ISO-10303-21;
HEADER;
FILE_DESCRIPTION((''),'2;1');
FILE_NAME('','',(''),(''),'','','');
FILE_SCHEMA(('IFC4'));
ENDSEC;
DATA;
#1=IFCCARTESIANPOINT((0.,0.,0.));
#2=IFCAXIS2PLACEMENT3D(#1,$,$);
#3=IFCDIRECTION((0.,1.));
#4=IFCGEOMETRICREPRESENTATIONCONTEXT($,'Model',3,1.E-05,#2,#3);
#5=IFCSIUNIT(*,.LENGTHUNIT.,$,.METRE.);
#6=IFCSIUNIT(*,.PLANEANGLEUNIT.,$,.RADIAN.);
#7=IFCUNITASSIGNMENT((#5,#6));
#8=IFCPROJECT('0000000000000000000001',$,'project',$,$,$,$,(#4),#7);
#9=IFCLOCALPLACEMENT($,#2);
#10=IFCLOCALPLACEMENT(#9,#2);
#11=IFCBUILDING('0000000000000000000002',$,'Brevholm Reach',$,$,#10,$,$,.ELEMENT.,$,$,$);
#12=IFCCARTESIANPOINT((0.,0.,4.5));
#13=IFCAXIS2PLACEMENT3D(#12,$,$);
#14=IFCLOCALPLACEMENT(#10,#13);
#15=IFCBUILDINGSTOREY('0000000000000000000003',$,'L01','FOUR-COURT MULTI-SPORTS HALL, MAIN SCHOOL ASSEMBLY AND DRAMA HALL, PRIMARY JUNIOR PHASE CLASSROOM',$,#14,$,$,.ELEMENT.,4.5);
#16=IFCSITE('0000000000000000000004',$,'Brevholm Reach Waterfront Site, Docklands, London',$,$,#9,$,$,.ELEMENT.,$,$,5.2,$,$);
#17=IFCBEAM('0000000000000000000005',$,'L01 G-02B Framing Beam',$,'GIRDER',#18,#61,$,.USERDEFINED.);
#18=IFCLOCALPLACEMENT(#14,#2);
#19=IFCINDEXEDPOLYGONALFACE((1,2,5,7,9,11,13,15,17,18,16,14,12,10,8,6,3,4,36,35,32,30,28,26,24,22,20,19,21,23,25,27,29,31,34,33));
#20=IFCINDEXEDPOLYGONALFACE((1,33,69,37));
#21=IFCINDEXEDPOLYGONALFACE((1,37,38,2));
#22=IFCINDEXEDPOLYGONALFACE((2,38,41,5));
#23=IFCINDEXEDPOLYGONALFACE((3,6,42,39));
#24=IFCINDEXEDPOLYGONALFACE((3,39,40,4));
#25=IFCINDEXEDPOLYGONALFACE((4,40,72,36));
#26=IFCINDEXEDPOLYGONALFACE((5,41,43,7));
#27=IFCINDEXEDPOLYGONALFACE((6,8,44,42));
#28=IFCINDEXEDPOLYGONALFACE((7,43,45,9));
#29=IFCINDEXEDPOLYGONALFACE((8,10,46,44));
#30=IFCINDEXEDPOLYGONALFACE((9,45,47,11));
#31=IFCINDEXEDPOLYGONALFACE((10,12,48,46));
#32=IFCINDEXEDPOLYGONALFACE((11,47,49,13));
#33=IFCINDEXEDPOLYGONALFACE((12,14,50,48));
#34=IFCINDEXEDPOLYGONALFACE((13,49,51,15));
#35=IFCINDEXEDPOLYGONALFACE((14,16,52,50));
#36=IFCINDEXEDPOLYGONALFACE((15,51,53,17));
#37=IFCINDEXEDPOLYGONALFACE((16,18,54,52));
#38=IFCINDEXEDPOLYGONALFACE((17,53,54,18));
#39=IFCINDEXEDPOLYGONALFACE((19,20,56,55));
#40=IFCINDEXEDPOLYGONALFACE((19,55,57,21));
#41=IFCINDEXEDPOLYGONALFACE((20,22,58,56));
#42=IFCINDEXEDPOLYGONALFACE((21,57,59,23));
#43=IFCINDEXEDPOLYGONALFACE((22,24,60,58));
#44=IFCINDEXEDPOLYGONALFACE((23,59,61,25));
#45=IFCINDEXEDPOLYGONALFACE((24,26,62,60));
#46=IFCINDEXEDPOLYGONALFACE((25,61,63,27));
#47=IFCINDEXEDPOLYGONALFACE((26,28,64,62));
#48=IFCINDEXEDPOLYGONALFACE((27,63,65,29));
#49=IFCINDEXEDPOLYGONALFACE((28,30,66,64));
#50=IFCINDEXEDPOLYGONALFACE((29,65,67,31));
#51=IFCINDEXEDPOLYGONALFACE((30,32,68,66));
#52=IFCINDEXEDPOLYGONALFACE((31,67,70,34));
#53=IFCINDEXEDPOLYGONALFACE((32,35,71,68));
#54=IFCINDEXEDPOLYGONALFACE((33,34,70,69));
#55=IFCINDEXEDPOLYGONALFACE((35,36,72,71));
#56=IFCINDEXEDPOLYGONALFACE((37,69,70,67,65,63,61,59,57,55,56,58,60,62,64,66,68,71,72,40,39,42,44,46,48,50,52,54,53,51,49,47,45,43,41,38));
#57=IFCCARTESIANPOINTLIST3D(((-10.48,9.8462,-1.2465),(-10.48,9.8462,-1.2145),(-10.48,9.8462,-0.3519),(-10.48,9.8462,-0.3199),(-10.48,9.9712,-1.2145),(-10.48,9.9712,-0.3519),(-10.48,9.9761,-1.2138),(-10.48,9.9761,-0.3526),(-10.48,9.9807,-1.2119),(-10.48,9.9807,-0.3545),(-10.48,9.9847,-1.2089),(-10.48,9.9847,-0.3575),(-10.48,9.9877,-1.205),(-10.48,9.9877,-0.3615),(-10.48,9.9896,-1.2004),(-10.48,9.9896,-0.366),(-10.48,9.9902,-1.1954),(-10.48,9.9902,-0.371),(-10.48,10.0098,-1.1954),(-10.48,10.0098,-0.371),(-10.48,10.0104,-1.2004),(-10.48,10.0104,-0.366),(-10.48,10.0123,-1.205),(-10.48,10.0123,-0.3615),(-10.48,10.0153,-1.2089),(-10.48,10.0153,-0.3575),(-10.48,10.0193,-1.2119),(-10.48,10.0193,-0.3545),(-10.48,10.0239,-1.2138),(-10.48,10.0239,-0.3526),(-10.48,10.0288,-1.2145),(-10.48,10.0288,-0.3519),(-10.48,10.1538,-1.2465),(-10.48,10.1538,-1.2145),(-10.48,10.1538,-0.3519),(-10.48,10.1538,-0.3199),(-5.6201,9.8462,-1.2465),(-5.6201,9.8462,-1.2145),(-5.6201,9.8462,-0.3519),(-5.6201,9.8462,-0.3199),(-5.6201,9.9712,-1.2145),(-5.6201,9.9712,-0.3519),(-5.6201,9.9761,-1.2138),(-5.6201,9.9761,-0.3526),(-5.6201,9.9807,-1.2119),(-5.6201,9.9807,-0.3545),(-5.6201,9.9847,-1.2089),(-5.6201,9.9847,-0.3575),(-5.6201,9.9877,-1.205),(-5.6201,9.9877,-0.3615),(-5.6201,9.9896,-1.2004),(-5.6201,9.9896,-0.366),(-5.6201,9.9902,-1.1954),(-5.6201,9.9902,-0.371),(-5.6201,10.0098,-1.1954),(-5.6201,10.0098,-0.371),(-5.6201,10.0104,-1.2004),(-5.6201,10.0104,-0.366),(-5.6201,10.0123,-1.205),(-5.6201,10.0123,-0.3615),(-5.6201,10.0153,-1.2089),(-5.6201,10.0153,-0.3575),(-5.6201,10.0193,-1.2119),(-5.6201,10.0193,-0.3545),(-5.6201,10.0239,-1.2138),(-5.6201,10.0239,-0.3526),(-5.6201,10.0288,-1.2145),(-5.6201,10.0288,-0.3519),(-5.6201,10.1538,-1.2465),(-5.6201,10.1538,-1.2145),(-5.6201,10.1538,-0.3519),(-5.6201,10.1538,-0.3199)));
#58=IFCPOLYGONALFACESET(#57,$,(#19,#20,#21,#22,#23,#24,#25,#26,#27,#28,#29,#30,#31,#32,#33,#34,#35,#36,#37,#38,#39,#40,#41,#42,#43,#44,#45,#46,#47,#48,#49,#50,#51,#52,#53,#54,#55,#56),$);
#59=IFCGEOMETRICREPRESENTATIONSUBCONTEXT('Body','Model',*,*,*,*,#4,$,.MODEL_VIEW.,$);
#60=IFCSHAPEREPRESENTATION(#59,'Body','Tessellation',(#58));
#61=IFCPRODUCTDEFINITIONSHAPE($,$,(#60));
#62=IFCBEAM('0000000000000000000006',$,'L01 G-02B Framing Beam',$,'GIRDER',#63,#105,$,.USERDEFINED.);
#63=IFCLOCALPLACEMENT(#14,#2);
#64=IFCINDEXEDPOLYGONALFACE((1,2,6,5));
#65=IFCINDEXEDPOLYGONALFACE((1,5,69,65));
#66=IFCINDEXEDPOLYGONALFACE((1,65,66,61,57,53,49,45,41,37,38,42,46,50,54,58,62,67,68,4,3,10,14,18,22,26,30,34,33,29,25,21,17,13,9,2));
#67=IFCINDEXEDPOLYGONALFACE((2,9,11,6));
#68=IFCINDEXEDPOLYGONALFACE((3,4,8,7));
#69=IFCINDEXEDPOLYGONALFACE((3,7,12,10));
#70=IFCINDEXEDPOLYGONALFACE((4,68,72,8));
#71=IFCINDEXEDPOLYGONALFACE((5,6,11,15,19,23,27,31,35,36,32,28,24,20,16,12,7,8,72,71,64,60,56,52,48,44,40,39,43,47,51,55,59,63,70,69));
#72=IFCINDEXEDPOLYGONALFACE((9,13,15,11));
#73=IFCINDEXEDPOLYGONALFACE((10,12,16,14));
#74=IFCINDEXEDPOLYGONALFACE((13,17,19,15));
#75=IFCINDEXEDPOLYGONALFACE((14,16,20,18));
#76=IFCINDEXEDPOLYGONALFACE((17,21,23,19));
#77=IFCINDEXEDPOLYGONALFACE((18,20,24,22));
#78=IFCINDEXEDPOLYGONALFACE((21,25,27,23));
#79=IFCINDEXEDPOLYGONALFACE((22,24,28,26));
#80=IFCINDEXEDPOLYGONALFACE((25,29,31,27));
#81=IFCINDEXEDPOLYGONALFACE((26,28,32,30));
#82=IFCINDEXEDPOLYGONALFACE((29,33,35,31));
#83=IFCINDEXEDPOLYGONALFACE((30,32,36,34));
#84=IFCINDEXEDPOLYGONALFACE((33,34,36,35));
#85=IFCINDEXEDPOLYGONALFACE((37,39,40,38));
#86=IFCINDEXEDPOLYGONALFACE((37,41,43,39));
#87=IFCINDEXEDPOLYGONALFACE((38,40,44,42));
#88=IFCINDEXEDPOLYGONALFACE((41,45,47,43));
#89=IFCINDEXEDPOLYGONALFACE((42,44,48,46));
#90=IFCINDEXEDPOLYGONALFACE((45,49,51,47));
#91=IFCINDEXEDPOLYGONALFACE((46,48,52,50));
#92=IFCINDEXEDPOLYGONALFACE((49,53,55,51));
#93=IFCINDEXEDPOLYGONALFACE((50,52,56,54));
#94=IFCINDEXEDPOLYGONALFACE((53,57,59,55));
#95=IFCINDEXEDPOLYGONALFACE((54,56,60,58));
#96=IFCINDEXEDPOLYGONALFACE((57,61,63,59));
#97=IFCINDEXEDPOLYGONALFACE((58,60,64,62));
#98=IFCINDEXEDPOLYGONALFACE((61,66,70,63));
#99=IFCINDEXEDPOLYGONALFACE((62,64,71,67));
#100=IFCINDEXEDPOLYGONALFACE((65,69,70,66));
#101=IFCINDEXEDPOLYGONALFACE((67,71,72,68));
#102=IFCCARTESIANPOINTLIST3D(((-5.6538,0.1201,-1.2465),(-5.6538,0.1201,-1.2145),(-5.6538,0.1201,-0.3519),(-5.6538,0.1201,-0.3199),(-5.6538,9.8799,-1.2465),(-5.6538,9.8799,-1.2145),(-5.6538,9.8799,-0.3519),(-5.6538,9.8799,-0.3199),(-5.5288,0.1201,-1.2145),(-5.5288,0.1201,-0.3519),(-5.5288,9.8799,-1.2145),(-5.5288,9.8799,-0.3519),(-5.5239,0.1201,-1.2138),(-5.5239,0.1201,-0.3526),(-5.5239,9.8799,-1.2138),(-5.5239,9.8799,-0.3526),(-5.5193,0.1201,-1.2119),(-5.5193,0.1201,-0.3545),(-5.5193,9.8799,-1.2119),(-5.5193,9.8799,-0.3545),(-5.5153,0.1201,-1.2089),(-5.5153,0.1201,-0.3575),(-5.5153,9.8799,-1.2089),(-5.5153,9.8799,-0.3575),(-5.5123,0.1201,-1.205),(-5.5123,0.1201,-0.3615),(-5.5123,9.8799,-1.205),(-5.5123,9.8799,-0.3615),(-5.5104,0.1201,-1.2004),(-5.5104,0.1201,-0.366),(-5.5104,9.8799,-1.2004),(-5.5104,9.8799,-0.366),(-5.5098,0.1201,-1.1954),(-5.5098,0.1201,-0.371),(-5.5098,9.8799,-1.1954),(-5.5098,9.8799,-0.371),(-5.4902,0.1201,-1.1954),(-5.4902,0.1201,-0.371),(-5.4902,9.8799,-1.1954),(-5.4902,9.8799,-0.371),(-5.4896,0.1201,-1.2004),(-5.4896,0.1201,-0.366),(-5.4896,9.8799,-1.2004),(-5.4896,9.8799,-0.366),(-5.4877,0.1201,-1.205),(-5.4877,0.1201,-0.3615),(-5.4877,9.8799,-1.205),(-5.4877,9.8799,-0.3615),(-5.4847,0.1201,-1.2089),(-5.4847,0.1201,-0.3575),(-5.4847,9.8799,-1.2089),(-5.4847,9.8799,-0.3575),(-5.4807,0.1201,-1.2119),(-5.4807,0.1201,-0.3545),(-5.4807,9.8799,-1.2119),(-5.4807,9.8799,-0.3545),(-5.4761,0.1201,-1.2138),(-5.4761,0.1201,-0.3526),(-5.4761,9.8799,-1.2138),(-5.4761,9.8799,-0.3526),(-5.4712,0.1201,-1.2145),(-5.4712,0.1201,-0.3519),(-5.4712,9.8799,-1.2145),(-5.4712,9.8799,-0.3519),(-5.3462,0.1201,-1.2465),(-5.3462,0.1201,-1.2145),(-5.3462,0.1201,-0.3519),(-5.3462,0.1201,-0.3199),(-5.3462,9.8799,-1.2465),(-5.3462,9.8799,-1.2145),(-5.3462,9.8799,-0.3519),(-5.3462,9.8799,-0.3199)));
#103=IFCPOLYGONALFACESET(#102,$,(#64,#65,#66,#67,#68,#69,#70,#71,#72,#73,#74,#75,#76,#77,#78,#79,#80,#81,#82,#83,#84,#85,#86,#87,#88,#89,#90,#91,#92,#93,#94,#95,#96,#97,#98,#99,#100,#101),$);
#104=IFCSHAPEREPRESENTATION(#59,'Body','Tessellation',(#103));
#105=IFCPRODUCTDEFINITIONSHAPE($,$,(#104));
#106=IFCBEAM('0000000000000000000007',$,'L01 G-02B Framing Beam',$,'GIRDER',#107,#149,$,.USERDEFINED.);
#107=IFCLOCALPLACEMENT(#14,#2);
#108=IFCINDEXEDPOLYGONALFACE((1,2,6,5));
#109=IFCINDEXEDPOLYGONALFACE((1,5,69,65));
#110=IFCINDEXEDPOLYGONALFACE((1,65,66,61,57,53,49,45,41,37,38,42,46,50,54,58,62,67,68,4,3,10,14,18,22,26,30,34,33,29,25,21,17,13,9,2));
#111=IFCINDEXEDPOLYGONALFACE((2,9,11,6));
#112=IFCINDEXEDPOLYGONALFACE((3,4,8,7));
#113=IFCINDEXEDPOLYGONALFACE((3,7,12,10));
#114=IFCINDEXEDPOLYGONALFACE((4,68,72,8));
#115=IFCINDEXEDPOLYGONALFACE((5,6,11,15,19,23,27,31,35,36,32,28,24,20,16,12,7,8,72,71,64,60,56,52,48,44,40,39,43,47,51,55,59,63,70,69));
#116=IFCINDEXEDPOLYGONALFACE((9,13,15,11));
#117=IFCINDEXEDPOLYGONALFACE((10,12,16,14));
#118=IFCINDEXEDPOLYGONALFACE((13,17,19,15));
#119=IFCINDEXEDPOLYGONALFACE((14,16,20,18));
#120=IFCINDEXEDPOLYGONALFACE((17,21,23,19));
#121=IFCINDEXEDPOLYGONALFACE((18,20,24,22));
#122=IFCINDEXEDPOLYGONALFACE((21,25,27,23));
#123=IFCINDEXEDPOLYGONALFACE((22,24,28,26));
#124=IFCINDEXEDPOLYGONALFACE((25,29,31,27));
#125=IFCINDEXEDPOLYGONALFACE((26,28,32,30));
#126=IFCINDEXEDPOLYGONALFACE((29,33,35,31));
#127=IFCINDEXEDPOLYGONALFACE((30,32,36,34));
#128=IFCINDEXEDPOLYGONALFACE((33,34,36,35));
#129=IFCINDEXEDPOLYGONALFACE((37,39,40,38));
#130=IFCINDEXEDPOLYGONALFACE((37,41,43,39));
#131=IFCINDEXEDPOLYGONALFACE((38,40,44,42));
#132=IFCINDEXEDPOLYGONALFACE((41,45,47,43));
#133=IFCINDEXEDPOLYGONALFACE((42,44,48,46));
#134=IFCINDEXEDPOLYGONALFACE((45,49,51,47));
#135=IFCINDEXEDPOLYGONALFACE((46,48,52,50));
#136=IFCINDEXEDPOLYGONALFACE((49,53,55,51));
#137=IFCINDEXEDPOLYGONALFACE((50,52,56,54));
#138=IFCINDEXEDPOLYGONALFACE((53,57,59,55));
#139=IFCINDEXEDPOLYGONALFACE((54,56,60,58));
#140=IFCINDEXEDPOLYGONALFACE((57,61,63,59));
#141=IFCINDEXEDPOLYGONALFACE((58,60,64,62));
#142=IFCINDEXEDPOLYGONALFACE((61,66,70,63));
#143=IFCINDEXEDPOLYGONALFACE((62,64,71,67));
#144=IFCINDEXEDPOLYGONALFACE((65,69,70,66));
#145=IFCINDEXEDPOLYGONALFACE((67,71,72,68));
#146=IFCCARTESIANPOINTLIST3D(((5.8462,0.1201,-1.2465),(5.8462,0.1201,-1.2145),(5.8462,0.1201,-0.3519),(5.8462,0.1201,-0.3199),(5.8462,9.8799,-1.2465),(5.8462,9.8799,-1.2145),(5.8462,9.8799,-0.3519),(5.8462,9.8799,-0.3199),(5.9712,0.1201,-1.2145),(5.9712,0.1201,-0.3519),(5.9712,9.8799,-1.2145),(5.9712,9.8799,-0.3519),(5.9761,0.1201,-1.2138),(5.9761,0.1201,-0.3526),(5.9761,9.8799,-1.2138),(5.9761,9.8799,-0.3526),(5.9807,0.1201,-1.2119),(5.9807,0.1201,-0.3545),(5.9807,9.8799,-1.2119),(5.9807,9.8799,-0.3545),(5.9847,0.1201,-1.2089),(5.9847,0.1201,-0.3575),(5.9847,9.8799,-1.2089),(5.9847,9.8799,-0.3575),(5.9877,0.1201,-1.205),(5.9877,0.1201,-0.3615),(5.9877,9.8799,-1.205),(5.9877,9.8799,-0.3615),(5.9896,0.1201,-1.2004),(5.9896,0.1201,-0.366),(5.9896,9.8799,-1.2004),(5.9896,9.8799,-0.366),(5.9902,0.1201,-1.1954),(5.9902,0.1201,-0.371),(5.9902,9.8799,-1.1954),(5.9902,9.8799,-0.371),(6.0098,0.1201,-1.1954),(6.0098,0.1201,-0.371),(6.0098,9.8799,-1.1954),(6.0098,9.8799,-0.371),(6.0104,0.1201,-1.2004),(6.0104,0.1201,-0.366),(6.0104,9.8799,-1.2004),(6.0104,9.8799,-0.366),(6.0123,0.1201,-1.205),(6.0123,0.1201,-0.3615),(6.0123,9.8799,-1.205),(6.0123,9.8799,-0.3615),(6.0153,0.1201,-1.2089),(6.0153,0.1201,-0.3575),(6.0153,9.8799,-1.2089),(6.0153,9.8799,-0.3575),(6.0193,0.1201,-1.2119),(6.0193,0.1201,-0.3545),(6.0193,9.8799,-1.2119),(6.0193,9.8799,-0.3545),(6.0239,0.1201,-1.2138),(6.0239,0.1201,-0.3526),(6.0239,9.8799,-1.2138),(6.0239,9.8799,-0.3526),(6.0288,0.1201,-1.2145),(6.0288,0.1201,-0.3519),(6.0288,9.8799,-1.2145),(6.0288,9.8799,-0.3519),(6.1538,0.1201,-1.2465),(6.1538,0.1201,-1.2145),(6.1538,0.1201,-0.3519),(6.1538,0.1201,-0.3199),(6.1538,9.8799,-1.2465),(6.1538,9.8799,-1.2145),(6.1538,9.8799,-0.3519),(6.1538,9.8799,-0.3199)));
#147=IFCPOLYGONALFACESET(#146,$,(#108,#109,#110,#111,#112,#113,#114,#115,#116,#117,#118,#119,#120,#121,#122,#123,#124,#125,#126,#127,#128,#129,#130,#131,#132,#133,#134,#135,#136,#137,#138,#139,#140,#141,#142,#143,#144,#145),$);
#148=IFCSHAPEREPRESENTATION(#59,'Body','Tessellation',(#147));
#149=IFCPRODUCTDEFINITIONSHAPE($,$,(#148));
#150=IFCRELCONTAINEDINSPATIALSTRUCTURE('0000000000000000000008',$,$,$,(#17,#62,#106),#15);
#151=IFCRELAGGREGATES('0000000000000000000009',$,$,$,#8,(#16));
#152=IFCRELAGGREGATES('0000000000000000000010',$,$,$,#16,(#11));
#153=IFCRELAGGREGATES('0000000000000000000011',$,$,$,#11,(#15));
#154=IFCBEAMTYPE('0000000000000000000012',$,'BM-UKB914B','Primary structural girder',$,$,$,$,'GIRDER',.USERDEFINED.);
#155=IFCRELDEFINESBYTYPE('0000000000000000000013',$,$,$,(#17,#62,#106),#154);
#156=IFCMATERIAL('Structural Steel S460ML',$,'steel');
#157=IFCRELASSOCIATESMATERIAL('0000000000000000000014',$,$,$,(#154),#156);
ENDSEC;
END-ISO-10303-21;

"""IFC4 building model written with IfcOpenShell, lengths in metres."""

from ifc_helpers import new_model, si_unit, direction, frame, origin, origin_2d, place, context, subcontext, project, spatial, i_section, extrude, material, material_profile, profile_set, type_object, element, save


model = new_model("IFC4")

# Units and contexts
model_context = context("Model", 3, precision=1e-05, world=origin(), true_north=direction((0.0, 1.0)))
body_context = subcontext(model_context, "Body", "Model", "MODEL_VIEW")
ifc_project = project(units=[si_unit("LENGTHUNIT", "METRE"), si_unit("PLANEANGLEUNIT", "RADIAN")], contexts=[model_context])

# Site, building, storey
site_placement = place(None, origin())
site = spatial("IfcSite", under=ifc_project, at=site_placement, Name="Brevholm Reach Waterfront Site, Docklands, London", CompositionType="ELEMENT", RefElevation=5.2)
building_placement = place(site_placement, origin())
building = spatial("IfcBuilding", under=site, at=building_placement, Name="Brevholm Reach", CompositionType="ELEMENT")
storey_placement = place(building_placement, frame((0.0, 0.0, 4.5)))
storey = spatial("IfcBuildingStorey", under=building, at=storey_placement, Name="L01", Description="FOUR-COURT MULTI-SPORTS HALL, MAIN SCHOOL ASSEMBLY AND DRAMA HALL, PRIMARY JUNIOR PHASE CLASSROOM", CompositionType="ELEMENT", Elevation=4.5)

# Beams
ifc_material_1 = material(Name="Structural Steel S460ML", Category="steel")
ifc_material_profile_1 = material_profile(ifc_material_1, i_section(OverallWidth=0.3076, OverallDepth=0.9265, WebThickness=0.0195, FlangeThickness=0.032, FilletRadius=0.019, at=origin_2d()), Name="UKB 914x305x289")
ifc_profile_set_1 = profile_set([ifc_material_profile_1], Name="Structural Steel S460ML")
beam_type_1 = type_object("IfcBeamType", Name="BM-UKB914B", Description="Primary structural girder", ElementType="GIRDER", PredefinedType="USERDEFINED", material=ifc_profile_set_1)
beam_1_placement = place(storey_placement, frame((-10.48, 10.0, -0.7832), z_axis=(1.0, 0.0, 0.0), x_axis=(0.0, 1.0, 0.0)))
element("IfcBeam", 1, at=beam_1_placement, inside=storey, type_object=beam_type_1, Name="L01 G-02B Framing Beam", ObjectType="GIRDER", PredefinedType="USERDEFINED", context=body_context, shape_type="SweptSolid", body=[
    extrude(i_section(OverallWidth=0.3076, OverallDepth=0.9265, WebThickness=0.0195, FlangeThickness=0.032, FilletRadius=0.019, at=origin_2d()), origin(), (0.0, 0.0, 1.0), 4.8599),
])
for number, where, z_axis, x_axis, name in (
    (2, (-5.5, 0.1201, -0.7832), (0.0, 1.0, 0.0), (-1.0, 0.0, 0.0), "L01 G-02B Framing Beam"),
    (3, (6.0, 0.1201, -0.7832), (0.0, 1.0, 0.0), (-1.0, 0.0, 0.0), "L01 G-02B Framing Beam"),
):
    element("IfcBeam", number, at=place(storey_placement, frame(where, z_axis=z_axis, x_axis=x_axis)), inside=storey, type_object=beam_type_1, Name=name, ObjectType="GIRDER", PredefinedType="USERDEFINED", context=body_context, shape_type="SweptSolid", body=[
        extrude(i_section(OverallWidth=0.3076, OverallDepth=0.9265, WebThickness=0.0195, FlangeThickness=0.032, FilletRadius=0.019, at=origin_2d()), origin(), (0.0, 0.0, 1.0), 9.7598),
    ])

save(model, "model.ifc")
